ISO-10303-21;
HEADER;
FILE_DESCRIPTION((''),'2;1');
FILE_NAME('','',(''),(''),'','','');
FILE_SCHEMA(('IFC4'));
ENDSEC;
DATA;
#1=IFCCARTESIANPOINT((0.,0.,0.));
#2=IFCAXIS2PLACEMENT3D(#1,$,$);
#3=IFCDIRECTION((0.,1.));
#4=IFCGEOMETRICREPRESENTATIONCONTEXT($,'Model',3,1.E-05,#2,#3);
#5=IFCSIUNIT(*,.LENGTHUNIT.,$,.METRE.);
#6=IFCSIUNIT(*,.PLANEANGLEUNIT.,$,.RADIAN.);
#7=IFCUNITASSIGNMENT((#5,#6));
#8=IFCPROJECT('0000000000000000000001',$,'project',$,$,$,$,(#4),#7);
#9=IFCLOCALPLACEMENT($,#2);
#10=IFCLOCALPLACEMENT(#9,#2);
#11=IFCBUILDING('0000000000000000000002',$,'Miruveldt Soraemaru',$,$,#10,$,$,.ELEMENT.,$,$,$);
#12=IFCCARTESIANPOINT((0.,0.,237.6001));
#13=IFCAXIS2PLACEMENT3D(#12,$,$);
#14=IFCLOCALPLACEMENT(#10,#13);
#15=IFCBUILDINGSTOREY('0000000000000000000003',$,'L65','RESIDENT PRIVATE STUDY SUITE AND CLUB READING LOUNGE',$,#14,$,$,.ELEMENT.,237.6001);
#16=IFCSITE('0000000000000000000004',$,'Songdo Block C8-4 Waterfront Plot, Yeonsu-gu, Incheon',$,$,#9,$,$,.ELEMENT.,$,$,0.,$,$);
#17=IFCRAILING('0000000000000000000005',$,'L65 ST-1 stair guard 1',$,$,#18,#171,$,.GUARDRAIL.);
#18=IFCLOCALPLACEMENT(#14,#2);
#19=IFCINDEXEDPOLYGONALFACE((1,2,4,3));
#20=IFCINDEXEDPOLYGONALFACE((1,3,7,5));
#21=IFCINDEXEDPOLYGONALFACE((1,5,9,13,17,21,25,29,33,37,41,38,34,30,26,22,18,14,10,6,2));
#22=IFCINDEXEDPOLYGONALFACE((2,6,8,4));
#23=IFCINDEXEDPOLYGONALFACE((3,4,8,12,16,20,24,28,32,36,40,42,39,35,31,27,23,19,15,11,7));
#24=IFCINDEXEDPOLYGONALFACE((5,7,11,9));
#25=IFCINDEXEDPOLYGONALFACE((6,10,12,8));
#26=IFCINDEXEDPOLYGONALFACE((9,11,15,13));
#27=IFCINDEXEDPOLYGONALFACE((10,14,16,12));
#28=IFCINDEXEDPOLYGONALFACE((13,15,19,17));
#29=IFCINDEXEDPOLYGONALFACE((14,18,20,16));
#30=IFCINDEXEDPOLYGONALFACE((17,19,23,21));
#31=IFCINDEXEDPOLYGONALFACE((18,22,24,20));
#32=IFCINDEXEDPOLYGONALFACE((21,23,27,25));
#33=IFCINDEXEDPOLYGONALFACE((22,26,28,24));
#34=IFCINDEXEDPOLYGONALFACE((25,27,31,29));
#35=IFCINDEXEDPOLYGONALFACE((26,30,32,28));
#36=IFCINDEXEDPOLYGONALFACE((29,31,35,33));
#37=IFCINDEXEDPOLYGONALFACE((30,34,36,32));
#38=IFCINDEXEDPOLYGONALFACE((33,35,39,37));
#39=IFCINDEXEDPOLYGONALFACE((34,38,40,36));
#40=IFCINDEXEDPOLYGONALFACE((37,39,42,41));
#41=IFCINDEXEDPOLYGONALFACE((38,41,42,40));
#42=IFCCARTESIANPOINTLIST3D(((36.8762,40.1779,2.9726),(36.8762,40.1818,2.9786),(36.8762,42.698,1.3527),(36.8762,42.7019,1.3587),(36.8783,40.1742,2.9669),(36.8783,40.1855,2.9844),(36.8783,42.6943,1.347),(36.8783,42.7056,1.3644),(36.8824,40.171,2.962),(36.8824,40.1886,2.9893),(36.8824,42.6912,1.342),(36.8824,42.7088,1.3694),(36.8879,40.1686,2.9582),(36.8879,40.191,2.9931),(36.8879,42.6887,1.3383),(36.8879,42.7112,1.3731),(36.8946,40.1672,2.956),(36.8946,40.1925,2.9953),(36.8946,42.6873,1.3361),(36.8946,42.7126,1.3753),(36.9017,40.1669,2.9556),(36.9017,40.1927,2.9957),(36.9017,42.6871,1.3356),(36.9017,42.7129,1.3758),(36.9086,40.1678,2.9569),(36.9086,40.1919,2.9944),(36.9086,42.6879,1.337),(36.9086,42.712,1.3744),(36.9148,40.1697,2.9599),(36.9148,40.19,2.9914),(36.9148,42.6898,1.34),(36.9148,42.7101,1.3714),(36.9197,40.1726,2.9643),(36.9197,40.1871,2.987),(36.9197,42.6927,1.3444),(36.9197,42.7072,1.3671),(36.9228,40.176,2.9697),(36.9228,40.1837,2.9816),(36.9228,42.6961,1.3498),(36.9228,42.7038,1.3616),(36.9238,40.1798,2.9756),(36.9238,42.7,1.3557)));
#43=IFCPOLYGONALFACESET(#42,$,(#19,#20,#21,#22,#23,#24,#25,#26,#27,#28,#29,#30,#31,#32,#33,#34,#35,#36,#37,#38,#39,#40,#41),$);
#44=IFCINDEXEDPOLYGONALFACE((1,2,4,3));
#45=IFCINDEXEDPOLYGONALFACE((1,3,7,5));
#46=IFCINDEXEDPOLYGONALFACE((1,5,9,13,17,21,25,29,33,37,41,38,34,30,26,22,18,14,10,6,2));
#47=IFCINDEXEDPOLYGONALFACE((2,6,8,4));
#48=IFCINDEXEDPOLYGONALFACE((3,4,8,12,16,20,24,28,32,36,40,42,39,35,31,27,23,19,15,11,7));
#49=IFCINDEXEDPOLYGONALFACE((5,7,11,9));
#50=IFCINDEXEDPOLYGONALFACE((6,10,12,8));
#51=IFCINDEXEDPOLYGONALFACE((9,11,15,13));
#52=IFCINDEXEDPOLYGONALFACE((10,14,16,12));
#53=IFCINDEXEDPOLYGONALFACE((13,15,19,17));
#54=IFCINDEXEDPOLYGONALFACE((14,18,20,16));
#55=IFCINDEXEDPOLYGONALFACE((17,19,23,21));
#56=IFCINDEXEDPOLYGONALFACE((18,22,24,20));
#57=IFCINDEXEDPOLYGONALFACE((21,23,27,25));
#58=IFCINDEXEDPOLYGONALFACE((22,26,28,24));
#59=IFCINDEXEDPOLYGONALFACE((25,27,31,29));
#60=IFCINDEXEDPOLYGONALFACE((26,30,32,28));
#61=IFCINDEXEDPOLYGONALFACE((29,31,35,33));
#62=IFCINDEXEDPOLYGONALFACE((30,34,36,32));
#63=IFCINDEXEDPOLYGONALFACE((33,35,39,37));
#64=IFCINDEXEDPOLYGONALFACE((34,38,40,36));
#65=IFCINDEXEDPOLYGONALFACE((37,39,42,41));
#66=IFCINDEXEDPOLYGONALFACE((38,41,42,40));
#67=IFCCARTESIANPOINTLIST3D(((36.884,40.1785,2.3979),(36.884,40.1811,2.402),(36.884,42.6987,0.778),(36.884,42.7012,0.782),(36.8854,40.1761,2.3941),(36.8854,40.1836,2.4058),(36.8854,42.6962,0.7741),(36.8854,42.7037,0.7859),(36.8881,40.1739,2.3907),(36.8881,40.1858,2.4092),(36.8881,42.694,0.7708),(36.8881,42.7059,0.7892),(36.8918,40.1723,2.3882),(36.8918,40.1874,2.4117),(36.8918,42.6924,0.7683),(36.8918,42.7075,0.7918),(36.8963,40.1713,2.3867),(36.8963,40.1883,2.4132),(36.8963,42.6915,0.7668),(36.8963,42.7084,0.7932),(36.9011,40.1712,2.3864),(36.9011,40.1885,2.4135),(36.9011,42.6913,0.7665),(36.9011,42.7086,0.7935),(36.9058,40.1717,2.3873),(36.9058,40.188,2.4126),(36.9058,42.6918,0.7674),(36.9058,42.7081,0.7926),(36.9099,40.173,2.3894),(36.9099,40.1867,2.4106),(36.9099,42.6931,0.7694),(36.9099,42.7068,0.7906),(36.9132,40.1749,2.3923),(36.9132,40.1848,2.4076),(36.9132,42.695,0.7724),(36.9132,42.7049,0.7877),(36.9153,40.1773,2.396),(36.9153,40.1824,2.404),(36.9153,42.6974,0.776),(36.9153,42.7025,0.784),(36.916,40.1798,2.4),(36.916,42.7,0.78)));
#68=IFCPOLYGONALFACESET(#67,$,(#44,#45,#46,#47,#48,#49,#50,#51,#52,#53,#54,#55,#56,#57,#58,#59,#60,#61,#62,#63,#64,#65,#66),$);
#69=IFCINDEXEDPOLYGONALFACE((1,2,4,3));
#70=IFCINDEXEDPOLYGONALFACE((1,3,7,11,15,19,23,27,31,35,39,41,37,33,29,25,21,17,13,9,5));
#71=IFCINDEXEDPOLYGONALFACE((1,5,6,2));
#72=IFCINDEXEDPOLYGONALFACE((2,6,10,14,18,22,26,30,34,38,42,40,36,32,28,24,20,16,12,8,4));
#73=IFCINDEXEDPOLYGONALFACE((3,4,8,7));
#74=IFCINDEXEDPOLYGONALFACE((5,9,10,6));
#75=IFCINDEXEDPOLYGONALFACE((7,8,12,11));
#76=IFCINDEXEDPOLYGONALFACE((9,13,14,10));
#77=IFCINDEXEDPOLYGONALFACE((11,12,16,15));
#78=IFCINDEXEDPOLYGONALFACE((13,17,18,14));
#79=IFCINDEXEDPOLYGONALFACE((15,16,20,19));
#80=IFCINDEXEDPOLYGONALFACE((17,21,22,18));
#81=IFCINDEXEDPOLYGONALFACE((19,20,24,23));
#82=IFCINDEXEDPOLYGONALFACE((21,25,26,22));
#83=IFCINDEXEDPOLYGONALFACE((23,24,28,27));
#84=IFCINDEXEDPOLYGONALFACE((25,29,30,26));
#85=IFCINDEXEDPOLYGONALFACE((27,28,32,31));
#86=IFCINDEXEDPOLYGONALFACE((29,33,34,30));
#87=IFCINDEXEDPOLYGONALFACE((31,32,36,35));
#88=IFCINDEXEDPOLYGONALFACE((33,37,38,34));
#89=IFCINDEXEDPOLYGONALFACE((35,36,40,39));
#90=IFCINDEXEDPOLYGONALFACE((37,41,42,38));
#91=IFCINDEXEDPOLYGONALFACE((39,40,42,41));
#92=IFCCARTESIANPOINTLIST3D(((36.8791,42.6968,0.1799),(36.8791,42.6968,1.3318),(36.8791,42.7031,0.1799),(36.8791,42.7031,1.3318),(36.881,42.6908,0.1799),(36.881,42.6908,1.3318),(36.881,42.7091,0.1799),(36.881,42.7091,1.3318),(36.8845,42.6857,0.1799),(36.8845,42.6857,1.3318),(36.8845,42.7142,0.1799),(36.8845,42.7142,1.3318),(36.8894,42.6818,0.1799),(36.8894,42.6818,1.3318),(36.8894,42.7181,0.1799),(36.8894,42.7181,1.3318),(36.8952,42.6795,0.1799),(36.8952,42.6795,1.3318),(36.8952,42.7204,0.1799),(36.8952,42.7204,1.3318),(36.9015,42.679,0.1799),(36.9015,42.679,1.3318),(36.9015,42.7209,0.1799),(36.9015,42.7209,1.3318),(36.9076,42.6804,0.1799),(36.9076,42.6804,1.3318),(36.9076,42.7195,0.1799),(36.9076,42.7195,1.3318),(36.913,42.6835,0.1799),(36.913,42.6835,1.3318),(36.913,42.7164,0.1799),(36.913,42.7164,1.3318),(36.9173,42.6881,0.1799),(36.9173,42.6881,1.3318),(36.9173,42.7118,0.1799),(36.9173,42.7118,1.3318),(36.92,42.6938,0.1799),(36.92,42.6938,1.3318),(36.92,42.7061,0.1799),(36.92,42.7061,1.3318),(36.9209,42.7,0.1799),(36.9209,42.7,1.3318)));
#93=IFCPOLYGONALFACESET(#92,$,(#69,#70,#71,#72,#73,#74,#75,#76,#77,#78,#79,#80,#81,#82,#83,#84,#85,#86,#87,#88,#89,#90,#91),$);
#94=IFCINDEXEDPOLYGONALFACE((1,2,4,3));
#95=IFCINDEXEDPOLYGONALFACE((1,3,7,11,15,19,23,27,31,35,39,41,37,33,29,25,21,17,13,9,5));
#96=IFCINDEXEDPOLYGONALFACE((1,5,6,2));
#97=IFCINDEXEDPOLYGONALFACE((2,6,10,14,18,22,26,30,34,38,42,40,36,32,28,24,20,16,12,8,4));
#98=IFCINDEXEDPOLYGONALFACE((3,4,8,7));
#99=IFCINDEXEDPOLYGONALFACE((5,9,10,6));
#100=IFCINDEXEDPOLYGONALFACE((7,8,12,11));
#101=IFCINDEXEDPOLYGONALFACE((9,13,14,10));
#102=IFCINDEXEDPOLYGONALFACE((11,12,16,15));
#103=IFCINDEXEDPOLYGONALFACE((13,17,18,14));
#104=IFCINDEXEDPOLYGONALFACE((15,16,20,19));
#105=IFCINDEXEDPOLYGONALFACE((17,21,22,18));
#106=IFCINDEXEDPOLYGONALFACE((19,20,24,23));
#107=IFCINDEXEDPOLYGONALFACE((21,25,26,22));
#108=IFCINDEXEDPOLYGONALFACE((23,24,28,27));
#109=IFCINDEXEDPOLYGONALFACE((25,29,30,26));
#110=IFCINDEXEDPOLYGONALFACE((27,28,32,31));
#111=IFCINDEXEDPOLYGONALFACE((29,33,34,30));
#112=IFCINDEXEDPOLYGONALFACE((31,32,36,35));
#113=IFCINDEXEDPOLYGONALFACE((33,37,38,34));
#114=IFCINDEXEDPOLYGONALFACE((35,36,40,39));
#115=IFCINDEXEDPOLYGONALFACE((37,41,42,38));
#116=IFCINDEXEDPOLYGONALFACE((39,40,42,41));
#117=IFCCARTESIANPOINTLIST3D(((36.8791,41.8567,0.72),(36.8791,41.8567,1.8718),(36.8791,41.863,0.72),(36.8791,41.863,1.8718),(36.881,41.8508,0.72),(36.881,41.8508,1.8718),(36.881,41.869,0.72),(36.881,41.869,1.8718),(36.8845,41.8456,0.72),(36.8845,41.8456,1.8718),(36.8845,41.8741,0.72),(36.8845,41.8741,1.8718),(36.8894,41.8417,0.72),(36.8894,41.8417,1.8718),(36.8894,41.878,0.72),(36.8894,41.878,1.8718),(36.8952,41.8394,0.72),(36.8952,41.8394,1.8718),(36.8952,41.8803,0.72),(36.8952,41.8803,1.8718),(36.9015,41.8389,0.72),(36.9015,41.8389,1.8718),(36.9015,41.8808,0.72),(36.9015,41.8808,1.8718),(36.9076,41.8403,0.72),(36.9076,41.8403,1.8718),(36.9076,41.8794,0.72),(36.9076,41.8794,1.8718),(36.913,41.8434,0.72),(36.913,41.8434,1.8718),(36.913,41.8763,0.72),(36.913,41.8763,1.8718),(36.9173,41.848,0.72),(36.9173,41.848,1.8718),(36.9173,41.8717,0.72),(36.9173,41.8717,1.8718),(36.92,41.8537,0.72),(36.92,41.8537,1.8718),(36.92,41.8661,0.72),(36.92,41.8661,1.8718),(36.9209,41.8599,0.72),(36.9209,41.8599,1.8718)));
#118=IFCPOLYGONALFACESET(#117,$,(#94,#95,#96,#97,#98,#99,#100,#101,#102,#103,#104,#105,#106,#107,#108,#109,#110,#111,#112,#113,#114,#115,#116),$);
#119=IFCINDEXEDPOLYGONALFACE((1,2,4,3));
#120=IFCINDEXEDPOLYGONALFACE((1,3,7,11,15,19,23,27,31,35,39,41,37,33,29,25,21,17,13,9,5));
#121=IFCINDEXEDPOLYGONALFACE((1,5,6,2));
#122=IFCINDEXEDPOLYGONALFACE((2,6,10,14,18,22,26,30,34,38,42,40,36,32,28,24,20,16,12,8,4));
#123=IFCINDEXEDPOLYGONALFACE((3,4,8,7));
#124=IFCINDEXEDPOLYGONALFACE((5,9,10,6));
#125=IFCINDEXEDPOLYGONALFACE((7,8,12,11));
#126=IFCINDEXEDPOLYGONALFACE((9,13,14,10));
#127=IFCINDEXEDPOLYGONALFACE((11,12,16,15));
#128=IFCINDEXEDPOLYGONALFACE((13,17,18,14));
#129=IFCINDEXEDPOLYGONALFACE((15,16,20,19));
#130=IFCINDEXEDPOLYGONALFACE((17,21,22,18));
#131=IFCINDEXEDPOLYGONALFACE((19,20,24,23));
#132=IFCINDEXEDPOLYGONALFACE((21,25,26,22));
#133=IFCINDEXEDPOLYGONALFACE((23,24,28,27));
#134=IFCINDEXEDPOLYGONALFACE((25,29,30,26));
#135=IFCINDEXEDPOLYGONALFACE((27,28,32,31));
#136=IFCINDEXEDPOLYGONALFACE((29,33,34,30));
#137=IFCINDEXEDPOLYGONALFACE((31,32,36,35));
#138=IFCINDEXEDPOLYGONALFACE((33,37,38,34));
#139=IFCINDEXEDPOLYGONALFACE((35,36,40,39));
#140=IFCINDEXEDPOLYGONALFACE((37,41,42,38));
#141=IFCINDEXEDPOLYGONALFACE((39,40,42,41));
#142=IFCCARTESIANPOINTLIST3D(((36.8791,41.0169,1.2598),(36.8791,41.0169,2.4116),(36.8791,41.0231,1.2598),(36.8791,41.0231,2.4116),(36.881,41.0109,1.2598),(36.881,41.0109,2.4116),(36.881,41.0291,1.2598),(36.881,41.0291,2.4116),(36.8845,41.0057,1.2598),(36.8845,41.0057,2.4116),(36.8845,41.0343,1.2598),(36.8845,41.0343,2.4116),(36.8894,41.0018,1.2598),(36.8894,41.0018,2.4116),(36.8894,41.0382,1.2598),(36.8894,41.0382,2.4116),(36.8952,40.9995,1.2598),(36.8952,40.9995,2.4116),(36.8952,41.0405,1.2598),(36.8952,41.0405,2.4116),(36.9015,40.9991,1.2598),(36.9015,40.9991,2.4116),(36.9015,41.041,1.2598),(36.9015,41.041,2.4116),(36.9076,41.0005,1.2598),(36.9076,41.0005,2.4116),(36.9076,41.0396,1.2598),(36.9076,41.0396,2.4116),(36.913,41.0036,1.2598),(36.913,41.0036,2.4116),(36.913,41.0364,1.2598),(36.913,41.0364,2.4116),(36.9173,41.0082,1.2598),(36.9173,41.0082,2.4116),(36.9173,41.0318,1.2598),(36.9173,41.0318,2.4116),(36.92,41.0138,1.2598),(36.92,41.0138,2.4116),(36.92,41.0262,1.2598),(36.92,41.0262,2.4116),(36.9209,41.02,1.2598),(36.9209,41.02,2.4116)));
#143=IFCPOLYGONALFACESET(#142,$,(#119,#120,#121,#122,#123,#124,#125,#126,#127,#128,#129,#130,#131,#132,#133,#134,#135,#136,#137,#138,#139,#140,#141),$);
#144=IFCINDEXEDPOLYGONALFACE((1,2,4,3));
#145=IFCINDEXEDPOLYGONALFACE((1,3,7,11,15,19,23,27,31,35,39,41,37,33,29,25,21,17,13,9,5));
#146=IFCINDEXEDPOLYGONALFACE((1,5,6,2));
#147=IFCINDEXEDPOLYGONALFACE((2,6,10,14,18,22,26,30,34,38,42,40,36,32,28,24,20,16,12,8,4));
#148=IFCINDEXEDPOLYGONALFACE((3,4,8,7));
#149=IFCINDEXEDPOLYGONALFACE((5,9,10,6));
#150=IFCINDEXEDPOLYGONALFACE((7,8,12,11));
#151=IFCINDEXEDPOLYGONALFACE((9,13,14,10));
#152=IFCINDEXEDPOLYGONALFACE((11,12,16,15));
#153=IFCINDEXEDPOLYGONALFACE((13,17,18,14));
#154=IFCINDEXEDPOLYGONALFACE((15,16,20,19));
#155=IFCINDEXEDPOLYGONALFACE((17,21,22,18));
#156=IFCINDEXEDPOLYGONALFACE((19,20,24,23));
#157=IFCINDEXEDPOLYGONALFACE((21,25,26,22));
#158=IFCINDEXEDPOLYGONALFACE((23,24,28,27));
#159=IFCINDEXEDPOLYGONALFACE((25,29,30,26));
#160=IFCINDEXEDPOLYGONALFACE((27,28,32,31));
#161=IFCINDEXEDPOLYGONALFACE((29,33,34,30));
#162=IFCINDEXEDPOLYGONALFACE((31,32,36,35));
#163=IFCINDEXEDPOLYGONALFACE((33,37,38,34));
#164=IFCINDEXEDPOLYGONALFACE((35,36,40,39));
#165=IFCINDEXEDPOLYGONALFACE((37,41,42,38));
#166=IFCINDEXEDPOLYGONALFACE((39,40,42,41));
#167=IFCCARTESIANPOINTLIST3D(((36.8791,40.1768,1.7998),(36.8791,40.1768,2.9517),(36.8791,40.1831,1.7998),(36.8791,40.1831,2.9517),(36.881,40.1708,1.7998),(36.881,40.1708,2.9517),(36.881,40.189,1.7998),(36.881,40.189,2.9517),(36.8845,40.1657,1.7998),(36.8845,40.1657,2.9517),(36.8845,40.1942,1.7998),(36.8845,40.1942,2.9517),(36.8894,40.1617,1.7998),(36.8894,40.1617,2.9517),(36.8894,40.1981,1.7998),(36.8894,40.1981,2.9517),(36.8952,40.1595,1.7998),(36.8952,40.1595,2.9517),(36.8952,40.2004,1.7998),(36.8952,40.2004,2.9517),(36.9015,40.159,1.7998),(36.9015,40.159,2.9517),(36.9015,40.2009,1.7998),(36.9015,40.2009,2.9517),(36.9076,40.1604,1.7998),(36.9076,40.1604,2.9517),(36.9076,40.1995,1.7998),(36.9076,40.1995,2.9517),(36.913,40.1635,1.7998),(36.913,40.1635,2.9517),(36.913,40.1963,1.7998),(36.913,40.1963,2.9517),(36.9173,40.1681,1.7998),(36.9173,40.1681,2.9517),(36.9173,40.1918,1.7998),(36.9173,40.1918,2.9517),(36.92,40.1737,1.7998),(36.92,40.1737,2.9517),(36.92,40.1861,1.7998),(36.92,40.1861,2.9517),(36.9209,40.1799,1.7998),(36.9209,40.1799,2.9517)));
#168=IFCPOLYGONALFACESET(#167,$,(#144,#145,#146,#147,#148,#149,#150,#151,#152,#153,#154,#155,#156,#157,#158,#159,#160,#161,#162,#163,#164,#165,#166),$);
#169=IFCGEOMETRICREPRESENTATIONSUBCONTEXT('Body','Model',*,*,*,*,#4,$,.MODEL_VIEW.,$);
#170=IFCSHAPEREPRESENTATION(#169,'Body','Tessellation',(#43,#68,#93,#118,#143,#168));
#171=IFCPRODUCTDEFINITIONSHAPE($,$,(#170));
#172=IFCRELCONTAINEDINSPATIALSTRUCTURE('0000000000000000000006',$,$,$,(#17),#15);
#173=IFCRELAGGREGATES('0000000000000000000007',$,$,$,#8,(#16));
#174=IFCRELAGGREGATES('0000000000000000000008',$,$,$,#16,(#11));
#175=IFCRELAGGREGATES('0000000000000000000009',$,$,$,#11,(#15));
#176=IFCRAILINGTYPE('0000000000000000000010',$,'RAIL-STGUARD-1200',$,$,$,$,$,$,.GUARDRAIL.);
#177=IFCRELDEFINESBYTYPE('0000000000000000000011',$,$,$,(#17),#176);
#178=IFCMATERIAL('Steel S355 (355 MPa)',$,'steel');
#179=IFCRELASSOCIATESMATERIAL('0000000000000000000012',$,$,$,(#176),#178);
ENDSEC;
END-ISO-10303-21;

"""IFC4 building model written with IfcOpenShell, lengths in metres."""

from ifc_helpers import new_model, si_unit, direction, frame, origin, origin_2d, place, context, subcontext, project, spatial, circle, extrude, material, type_object, element, save


model = new_model("IFC4")

# Units and contexts
model_context = context("Model", 3, precision=1e-05, world=origin(), true_north=direction((0.0, 1.0)))
body_context = subcontext(model_context, "Body", "Model", "MODEL_VIEW")
ifc_project = project(units=[si_unit("LENGTHUNIT", "METRE"), si_unit("PLANEANGLEUNIT", "RADIAN")], contexts=[model_context])

# Site, building, storey
site_placement = place(None, origin())
site = spatial("IfcSite", under=ifc_project, at=site_placement, Name="Songdo Block C8-4 Waterfront Plot, Yeonsu-gu, Incheon", CompositionType="ELEMENT", RefElevation=0.0)
building_placement = place(site_placement, origin())
building = spatial("IfcBuilding", under=site, at=building_placement, Name="Miruveldt Soraemaru", CompositionType="ELEMENT")
storey_placement = place(building_placement, frame((0.0, 0.0, 237.6001)))
storey = spatial("IfcBuildingStorey", under=building, at=storey_placement, Name="L65", Description="RESIDENT PRIVATE STUDY SUITE AND CLUB READING LOUNGE", CompositionType="ELEMENT", Elevation=237.6001)

# Railing
ifc_material_1 = material(Name="Steel S355 (355 MPa)", Category="steel")
railing_type = type_object("IfcRailingType", Name="RAIL-STGUARD-1200", PredefinedType="GUARDRAIL", material=ifc_material_1)
railing_1_placement = place(storey_placement, frame((36.8999, 42.7, 0.1799)))
element("IfcRailing", 1, at=railing_1_placement, inside=storey, type_object=railing_type, Name="L65 ST-1 stair guard 1", PredefinedType="GUARDRAIL", context=body_context, shape_type="SweptSolid", body=[
    extrude(circle(Radius=0.0239, at=origin_2d()), frame((0.0, 0.0, 1.1758), z_axis=(0.0, -0.8412, 0.540725), x_axis=(1.0, 0.0, 0.0)), (0.0, 0.0, 1.0), 2.9958),
    extrude(circle(Radius=0.0161, at=origin_2d()), frame((0.0, 0.0, 0.6001), z_axis=(0.0, -0.8412, 0.540725), x_axis=(1.0, 0.0, 0.0)), (0.0, 0.0, 1.0), 2.9958),
    extrude(circle(Radius=0.021, at=origin_2d()), origin(), (0.0, 0.0, 1.0), 1.1519),
    extrude(circle(Radius=0.021, at=origin_2d()), frame((0.0, -0.8401, 0.54)), (0.0, 0.0, 1.0), 1.1519),
    extrude(circle(Radius=0.021, at=origin_2d()), frame((0.0, -1.6799, 1.0798)), (0.0, 0.0, 1.0), 1.1519),
    extrude(circle(Radius=0.021, at=origin_2d()), frame((0.0, -2.52, 1.6199)), (0.0, 0.0, 1.0), 1.1519),
])

save(model, "model.ifc")
